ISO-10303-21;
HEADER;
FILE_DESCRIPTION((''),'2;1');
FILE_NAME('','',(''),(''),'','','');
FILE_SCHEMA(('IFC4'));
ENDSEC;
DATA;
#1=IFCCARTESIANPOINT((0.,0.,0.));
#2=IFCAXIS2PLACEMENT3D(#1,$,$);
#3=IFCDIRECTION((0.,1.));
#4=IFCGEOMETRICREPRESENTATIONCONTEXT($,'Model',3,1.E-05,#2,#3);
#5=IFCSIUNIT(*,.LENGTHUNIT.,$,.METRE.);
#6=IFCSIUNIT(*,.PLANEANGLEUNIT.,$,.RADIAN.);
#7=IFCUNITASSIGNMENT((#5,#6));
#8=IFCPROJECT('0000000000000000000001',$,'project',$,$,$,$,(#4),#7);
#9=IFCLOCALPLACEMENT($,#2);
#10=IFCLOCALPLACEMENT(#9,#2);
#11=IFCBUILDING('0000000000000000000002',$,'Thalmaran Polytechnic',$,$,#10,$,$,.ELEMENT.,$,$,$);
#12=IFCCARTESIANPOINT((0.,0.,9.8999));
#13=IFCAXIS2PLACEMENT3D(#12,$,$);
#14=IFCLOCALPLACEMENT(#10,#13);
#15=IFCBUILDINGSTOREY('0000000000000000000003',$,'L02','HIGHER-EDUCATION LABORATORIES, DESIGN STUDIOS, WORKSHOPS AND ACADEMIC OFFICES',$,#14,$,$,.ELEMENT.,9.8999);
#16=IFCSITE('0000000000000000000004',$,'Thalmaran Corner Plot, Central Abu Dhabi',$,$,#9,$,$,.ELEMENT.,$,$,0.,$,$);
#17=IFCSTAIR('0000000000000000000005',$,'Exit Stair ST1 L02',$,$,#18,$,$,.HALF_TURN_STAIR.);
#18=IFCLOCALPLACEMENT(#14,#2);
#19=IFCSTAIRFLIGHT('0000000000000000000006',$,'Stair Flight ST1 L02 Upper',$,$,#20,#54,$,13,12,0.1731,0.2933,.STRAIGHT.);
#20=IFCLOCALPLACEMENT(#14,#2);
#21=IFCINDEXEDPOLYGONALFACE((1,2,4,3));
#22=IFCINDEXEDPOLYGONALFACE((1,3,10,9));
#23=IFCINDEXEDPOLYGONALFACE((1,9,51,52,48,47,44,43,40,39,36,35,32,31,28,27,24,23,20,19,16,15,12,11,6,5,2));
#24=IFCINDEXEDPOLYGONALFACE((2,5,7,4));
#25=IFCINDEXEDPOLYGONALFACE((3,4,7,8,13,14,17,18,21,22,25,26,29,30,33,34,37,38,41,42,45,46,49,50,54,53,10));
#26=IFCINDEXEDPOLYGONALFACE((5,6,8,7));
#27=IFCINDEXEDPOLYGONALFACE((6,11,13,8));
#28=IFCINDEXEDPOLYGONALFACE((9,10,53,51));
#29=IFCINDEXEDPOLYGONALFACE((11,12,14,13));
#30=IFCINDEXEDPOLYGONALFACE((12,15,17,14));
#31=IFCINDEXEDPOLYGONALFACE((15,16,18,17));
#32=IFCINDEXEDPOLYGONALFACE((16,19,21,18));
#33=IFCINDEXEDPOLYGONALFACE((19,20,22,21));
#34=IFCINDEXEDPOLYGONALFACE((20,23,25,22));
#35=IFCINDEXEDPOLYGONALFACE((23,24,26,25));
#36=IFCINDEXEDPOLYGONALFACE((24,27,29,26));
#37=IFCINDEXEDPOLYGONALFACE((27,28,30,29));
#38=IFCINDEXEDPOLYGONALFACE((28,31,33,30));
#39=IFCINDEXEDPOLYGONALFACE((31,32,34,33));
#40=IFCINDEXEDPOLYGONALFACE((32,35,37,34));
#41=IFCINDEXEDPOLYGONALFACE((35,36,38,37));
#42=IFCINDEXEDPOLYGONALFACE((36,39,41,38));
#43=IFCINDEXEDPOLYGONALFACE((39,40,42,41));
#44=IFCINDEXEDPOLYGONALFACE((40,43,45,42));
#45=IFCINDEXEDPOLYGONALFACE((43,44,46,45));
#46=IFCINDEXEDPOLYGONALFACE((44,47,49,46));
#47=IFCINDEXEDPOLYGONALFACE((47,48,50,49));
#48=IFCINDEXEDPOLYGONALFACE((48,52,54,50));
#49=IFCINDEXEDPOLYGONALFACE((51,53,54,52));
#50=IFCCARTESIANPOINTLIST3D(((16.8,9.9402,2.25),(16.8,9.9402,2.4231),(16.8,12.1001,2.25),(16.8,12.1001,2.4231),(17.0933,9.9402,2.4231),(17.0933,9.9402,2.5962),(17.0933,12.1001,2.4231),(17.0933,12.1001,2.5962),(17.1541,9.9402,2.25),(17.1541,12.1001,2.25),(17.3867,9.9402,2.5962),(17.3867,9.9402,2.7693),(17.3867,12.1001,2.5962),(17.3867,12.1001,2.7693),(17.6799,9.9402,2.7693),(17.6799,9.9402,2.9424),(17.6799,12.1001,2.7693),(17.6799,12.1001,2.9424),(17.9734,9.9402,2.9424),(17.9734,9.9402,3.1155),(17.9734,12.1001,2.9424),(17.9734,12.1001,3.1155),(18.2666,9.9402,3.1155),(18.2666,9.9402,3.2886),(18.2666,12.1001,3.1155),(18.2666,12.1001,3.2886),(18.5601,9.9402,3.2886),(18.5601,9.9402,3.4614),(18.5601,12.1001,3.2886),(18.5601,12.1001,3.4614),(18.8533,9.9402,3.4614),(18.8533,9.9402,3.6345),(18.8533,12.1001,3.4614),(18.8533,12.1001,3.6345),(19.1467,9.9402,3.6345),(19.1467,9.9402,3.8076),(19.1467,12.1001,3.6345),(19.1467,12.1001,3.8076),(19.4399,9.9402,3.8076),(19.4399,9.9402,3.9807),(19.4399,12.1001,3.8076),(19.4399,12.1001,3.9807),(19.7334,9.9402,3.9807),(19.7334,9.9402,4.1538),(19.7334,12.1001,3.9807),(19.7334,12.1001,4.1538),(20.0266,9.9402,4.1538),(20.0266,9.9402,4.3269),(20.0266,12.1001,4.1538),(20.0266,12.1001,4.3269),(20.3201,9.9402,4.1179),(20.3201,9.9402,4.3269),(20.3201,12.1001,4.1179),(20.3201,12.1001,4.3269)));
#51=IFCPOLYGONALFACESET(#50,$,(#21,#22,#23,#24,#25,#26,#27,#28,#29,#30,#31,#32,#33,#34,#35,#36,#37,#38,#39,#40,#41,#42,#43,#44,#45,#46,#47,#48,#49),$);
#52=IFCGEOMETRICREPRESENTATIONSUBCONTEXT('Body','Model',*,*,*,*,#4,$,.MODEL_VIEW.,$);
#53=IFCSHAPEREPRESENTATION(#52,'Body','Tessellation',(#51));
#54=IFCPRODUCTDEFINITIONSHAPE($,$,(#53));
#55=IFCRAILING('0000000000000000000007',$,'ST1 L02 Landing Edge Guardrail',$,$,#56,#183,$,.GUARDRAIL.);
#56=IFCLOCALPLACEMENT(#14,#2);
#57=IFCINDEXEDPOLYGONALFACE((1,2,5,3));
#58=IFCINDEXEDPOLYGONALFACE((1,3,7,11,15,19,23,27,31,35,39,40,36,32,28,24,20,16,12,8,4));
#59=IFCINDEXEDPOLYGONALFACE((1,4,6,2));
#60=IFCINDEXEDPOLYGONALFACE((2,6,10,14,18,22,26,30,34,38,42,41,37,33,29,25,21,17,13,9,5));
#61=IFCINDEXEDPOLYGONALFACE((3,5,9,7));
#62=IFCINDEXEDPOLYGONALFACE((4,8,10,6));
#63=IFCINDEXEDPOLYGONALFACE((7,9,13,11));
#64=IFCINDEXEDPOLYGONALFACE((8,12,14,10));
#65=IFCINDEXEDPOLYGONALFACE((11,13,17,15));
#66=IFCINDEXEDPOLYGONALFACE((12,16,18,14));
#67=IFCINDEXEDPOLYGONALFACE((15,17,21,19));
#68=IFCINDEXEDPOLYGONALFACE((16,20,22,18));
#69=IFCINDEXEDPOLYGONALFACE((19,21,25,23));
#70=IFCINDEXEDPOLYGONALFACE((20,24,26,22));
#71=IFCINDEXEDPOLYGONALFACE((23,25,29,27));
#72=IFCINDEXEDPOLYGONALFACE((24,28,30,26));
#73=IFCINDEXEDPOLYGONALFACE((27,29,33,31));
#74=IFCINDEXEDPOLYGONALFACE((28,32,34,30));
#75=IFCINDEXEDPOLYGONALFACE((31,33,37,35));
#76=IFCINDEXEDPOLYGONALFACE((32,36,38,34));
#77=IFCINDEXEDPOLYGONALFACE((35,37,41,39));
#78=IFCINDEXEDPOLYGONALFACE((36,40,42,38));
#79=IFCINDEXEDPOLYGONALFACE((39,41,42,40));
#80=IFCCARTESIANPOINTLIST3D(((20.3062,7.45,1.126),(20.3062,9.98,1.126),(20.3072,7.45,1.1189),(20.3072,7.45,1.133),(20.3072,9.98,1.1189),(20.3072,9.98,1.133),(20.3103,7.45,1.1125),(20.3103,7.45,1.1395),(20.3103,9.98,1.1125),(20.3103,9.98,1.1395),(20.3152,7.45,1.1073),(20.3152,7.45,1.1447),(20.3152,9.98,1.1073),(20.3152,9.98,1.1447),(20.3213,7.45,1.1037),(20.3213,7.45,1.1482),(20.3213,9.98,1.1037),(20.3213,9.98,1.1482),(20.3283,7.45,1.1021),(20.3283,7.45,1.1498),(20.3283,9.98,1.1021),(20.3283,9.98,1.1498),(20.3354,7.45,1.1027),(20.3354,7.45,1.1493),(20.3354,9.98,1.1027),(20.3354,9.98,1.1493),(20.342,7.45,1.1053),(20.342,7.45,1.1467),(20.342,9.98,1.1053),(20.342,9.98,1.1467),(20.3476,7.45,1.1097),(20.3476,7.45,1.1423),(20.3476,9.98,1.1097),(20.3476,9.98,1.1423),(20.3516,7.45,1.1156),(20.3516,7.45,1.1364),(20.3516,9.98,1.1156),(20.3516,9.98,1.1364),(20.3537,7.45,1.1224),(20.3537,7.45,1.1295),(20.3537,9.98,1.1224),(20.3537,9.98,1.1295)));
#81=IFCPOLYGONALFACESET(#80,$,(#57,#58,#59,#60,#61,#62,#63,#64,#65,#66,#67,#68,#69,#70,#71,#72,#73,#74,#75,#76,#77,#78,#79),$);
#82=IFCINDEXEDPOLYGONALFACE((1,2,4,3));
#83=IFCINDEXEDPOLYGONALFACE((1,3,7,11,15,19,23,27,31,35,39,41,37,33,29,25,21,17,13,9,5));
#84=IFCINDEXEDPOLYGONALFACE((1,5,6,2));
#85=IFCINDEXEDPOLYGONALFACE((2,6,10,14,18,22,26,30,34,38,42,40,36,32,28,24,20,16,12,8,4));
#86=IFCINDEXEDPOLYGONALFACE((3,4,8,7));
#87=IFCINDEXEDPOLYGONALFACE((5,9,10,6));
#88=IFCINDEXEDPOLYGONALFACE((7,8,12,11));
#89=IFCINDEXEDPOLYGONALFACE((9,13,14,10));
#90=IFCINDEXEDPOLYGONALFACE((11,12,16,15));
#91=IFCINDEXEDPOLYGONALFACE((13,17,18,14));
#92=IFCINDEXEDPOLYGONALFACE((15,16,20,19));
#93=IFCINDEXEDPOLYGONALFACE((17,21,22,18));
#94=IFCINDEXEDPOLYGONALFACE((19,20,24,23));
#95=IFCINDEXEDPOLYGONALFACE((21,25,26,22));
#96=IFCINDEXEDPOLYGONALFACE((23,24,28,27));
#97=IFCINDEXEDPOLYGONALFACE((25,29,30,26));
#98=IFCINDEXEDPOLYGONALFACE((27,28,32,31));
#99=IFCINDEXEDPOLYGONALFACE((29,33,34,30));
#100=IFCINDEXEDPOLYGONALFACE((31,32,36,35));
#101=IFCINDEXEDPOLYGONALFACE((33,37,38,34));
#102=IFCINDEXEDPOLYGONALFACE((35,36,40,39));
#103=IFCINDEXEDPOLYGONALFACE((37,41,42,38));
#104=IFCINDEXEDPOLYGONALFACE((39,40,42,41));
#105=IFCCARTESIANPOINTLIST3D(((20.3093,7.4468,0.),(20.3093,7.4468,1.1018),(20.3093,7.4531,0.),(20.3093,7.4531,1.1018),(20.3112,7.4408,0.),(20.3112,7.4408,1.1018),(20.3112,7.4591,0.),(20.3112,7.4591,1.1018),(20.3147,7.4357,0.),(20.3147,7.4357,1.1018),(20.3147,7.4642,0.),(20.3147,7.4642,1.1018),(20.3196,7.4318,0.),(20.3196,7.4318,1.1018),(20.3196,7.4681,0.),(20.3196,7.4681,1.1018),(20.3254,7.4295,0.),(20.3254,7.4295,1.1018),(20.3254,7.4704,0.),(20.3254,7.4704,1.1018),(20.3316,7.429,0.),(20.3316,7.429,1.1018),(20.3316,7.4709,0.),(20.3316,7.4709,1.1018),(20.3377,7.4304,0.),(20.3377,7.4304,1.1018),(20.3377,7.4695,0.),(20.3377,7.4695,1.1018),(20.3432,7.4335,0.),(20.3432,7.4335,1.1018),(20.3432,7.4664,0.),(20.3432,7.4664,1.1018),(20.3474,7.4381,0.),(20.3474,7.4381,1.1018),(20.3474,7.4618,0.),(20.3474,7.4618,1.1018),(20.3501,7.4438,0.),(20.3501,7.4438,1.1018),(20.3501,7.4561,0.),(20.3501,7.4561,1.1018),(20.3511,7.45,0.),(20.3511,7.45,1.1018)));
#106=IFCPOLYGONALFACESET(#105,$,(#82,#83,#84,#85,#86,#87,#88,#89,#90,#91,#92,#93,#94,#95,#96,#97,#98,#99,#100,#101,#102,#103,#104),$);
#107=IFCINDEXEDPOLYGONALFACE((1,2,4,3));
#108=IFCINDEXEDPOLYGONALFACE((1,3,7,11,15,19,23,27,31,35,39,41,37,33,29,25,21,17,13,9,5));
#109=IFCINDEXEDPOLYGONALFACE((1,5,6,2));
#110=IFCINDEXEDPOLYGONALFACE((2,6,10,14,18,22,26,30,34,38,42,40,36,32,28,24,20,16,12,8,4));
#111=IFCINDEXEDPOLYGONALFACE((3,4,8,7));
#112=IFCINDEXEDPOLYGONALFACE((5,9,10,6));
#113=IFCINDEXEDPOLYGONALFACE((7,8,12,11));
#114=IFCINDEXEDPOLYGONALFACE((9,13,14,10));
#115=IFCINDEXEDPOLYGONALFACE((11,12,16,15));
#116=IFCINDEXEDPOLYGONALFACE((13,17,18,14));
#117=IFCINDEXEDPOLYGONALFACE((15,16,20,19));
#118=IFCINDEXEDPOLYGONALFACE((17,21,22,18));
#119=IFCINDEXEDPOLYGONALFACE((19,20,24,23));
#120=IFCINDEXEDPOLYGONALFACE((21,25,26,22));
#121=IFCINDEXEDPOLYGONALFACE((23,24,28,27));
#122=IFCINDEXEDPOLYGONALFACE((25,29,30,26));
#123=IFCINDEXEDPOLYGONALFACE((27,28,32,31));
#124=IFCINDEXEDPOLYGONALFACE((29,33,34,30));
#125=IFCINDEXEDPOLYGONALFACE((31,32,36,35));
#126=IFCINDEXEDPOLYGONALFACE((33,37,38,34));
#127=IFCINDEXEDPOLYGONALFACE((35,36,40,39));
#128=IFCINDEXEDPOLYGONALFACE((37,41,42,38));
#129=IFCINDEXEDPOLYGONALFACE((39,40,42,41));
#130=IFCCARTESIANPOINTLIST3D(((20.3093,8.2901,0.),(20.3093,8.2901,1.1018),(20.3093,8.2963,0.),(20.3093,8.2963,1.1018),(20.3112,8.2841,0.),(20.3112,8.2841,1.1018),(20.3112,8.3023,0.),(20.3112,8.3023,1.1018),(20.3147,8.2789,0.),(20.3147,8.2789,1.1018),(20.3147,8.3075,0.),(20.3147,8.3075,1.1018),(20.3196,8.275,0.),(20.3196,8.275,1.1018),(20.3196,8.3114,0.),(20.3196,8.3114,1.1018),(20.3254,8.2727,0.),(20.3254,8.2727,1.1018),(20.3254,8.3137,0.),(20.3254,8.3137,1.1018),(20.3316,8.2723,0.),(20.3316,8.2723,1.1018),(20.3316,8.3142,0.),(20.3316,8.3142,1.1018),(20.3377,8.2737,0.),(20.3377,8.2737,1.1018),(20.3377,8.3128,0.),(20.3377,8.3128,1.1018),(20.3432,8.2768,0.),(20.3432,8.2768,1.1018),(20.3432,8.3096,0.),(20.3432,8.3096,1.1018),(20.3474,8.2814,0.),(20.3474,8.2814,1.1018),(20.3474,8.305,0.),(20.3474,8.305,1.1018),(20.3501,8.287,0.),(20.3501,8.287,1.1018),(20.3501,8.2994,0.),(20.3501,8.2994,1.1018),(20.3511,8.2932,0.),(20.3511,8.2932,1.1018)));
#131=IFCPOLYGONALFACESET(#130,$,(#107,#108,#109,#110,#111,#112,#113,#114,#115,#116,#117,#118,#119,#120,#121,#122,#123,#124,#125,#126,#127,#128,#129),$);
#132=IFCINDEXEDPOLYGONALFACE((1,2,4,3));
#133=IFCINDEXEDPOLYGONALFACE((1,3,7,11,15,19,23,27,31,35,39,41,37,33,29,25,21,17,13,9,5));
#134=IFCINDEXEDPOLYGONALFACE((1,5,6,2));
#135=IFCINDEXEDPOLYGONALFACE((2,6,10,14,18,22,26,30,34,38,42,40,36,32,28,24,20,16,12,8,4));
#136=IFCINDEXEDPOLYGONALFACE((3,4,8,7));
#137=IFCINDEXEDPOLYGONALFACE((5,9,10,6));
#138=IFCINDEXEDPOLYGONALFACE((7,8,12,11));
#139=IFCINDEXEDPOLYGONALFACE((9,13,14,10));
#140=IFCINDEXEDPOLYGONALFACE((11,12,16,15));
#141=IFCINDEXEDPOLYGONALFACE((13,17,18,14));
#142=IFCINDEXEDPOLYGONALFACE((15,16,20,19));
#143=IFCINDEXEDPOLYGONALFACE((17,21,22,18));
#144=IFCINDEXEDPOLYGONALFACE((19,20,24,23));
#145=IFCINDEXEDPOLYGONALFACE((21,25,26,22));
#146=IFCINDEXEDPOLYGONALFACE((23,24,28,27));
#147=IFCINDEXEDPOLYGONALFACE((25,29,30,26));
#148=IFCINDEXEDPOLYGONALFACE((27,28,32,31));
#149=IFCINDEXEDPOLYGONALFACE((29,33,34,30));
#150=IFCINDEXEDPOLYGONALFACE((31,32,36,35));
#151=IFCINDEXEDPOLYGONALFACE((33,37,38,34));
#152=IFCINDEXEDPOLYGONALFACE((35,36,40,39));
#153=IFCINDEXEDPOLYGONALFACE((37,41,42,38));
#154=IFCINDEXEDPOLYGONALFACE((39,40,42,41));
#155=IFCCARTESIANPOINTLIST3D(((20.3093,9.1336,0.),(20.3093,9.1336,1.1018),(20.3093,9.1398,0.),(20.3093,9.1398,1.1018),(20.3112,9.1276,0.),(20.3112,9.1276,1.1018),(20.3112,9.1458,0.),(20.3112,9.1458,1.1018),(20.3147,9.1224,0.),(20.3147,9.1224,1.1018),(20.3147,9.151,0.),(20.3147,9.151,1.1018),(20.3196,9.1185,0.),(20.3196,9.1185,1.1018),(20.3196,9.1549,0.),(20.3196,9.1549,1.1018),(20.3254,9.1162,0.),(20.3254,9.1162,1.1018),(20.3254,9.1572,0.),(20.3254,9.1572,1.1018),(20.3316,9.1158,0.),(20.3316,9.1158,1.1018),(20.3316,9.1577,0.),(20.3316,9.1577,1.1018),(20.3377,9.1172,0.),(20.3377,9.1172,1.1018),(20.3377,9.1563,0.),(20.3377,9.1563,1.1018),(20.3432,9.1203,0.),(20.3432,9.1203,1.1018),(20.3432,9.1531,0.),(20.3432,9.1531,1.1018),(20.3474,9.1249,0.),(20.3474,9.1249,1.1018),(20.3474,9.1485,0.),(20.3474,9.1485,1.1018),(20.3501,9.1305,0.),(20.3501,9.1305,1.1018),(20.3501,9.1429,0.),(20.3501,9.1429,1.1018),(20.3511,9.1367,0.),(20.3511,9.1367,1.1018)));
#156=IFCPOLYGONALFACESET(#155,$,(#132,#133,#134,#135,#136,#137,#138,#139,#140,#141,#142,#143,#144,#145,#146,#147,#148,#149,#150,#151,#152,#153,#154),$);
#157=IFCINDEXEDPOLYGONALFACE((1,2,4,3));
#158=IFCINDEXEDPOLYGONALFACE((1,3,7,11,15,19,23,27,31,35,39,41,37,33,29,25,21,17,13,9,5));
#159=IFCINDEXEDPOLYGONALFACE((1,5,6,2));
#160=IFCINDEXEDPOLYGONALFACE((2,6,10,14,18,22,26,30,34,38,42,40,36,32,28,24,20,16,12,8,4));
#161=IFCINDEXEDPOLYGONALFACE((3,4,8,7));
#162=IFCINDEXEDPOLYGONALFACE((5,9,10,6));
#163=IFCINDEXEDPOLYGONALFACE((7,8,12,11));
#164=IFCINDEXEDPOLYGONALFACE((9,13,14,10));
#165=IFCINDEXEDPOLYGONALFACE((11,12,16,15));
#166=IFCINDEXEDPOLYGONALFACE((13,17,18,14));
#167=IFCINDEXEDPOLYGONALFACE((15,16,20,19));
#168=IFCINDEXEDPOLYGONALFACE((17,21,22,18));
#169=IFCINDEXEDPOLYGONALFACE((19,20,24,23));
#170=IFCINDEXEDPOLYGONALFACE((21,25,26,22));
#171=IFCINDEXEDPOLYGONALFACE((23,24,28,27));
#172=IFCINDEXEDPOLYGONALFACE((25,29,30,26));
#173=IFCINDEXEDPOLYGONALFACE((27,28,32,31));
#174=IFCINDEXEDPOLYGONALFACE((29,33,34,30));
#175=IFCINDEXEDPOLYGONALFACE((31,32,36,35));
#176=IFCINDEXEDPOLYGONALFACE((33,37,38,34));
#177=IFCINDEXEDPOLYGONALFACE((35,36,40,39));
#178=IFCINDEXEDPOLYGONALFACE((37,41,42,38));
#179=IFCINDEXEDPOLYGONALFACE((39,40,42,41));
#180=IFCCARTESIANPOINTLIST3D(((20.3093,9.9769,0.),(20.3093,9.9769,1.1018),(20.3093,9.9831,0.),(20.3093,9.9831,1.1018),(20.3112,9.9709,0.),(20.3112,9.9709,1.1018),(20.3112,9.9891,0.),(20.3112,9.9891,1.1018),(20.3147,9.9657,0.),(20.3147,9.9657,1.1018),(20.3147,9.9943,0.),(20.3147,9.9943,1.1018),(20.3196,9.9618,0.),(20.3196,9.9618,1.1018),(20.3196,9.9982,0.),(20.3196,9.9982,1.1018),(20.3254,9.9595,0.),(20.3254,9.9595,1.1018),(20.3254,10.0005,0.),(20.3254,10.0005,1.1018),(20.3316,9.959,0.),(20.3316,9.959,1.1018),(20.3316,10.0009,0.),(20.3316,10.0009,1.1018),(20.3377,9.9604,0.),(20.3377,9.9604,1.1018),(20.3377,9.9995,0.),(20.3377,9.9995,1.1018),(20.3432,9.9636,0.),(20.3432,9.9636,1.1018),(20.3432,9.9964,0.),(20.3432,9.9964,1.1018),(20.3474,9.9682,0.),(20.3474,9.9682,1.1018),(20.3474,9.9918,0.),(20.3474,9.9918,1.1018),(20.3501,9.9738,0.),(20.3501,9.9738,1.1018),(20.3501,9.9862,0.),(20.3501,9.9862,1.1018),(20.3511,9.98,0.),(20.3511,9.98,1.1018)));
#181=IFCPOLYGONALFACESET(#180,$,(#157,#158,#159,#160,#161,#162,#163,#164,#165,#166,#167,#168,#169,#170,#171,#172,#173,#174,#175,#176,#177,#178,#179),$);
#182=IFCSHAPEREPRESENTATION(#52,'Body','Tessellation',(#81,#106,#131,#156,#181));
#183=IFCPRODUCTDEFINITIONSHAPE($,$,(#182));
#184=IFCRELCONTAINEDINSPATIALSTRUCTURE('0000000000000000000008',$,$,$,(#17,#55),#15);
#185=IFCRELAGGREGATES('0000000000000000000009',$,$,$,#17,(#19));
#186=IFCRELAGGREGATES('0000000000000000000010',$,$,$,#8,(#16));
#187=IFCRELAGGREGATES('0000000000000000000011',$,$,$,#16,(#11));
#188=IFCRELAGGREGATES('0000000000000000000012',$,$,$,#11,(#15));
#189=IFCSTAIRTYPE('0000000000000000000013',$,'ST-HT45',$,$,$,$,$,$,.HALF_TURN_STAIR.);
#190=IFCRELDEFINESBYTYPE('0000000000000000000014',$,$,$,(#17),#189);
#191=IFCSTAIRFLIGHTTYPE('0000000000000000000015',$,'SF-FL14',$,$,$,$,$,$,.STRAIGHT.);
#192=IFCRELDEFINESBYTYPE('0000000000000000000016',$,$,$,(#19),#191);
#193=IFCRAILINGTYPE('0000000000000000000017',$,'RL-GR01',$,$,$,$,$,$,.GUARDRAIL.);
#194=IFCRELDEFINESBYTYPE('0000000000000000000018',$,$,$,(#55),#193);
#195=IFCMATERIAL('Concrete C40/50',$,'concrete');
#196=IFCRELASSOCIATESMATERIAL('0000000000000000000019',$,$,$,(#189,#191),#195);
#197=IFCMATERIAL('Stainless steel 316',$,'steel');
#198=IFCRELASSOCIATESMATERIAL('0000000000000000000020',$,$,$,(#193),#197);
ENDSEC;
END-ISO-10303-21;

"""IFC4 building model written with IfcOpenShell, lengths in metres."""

from ifc_helpers import new_model, si_unit, direction, frame, origin, origin_2d, place, context, subcontext, project, spatial, polyline, circle, outline, extrude, material, type_object, element, aggregate, save


model = new_model("IFC4")

# Units and contexts
model_context = context("Model", 3, precision=1e-05, world=origin(), true_north=direction((0.0, 1.0)))
body_context = subcontext(model_context, "Body", "Model", "MODEL_VIEW")
ifc_project = project(units=[si_unit("LENGTHUNIT", "METRE"), si_unit("PLANEANGLEUNIT", "RADIAN")], contexts=[model_context])

# Site, building, storey
site_placement = place(None, origin())
site = spatial("IfcSite", under=ifc_project, at=site_placement, Name="Thalmaran Corner Plot, Central Abu Dhabi", CompositionType="ELEMENT", RefElevation=0.0)
building_placement = place(site_placement, origin())
building = spatial("IfcBuilding", under=site, at=building_placement, Name="Thalmaran Polytechnic", CompositionType="ELEMENT")
storey_placement = place(building_placement, frame((0.0, 0.0, 9.8999)))
storey = spatial("IfcBuildingStorey", under=building, at=storey_placement, Name="L02", Description="HIGHER-EDUCATION LABORATORIES, DESIGN STUDIOS, WORKSHOPS AND ACADEMIC OFFICES", CompositionType="ELEMENT", Elevation=9.8999)

# Shared definitions
ifc_material_1 = material(Name="Concrete C40/50", Category="concrete")

# Stair, stair flight
stair_type = type_object("IfcStairType", Name="ST-HT45", PredefinedType="HALF_TURN_STAIR", material=ifc_material_1)
stair_placement = place(storey_placement, origin())
stair = element("IfcStair", 1, at=stair_placement, inside=storey, type_object=stair_type, Name="Exit Stair ST1 L02", PredefinedType="HALF_TURN_STAIR")
stair_flight_type = type_object("IfcStairFlightType", Name="SF-FL14", PredefinedType="STRAIGHT", material=ifc_material_1)
stair_flight_1_placement = place(storey_placement, frame((16.8, 11.02, 2.25), z_axis=(0.0, 0.0, 1.0), x_axis=(1.0, 0.0, 0.0)))
stair_flight_1 = element("IfcStairFlight", 2, at=stair_flight_1_placement, type_object=stair_flight_type, Name="Stair Flight ST1 L02 Upper", NumberOfRisers=13, NumberOfTreads=12, PredefinedType="STRAIGHT", RiserHeight=0.1731, TreadLength=0.2933, context=body_context, shape_type="SweptSolid", body=[
    extrude(outline(polyline([(0.0, 0.0), (0.0, 0.1731), (0.2932, 0.1731), (0.2932, 0.3462), (0.5867, 0.3462), (0.5867, 0.5193), (0.8799, 0.5193), (0.8799, 0.6924), (1.1733, 0.6924), (1.1733, 0.8655), (1.4666, 0.8655), (1.4666, 1.0386), (1.76, 1.0386), (1.76, 1.2114), (2.0532, 1.2114), (2.0532, 1.3845), (2.3467, 1.3845), (2.3467, 1.5576), (2.6399, 1.5576), (2.6399, 1.7307), (2.9333, 1.7307), (2.9333, 1.9038), (3.2266, 1.9038), (3.2266, 2.0769), (3.52, 2.0769), (3.52, 2.25), (3.52, 1.8679), (0.354, 0.0), (0.0, 0.0)])), frame((0.0, 1.0801, 0.0), z_axis=(0.0, -1.0, 0.0), x_axis=(1.0, 0.0, 0.0)), (0.0, 0.0, 1.0), 2.1599),
])
aggregate(stair, [stair_flight_1])

# Railing
ifc_material_2 = material(Name="Stainless steel 316", Category="steel")
railing_type_1 = type_object("IfcRailingType", Name="RL-GR01", PredefinedType="GUARDRAIL", material=ifc_material_2)
railing_1_placement = place(storey_placement, frame((20.3301, 7.45, 0.0)))
element("IfcRailing", 3, at=railing_1_placement, inside=storey, type_object=railing_type_1, Name="ST1 L02 Landing Edge Guardrail", PredefinedType="GUARDRAIL", context=body_context, shape_type="SweptSolid", body=[
    extrude(circle(Radius=0.0239, at=origin_2d()), frame((0.0, 0.0, 1.126), z_axis=(0.0, 1.0, 0.0), x_axis=(-1.0, 0.0, 0.0)), (0.0, 0.0, 1.0), 2.53),
    extrude(circle(Radius=0.021, at=origin_2d()), origin(), (0.0, 0.0, 1.0), 1.1018),
    extrude(circle(Radius=0.021, at=origin_2d()), frame((0.0, 0.8433, 0.0)), (0.0, 0.0, 1.0), 1.1018),
    extrude(circle(Radius=0.021, at=origin_2d()), frame((0.0, 1.6868, 0.0)), (0.0, 0.0, 1.0), 1.1018),
    extrude(circle(Radius=0.021, at=origin_2d()), frame((0.0, 2.53, 0.0)), (0.0, 0.0, 1.0), 1.1018),
])

save(model, "model.ifc")
